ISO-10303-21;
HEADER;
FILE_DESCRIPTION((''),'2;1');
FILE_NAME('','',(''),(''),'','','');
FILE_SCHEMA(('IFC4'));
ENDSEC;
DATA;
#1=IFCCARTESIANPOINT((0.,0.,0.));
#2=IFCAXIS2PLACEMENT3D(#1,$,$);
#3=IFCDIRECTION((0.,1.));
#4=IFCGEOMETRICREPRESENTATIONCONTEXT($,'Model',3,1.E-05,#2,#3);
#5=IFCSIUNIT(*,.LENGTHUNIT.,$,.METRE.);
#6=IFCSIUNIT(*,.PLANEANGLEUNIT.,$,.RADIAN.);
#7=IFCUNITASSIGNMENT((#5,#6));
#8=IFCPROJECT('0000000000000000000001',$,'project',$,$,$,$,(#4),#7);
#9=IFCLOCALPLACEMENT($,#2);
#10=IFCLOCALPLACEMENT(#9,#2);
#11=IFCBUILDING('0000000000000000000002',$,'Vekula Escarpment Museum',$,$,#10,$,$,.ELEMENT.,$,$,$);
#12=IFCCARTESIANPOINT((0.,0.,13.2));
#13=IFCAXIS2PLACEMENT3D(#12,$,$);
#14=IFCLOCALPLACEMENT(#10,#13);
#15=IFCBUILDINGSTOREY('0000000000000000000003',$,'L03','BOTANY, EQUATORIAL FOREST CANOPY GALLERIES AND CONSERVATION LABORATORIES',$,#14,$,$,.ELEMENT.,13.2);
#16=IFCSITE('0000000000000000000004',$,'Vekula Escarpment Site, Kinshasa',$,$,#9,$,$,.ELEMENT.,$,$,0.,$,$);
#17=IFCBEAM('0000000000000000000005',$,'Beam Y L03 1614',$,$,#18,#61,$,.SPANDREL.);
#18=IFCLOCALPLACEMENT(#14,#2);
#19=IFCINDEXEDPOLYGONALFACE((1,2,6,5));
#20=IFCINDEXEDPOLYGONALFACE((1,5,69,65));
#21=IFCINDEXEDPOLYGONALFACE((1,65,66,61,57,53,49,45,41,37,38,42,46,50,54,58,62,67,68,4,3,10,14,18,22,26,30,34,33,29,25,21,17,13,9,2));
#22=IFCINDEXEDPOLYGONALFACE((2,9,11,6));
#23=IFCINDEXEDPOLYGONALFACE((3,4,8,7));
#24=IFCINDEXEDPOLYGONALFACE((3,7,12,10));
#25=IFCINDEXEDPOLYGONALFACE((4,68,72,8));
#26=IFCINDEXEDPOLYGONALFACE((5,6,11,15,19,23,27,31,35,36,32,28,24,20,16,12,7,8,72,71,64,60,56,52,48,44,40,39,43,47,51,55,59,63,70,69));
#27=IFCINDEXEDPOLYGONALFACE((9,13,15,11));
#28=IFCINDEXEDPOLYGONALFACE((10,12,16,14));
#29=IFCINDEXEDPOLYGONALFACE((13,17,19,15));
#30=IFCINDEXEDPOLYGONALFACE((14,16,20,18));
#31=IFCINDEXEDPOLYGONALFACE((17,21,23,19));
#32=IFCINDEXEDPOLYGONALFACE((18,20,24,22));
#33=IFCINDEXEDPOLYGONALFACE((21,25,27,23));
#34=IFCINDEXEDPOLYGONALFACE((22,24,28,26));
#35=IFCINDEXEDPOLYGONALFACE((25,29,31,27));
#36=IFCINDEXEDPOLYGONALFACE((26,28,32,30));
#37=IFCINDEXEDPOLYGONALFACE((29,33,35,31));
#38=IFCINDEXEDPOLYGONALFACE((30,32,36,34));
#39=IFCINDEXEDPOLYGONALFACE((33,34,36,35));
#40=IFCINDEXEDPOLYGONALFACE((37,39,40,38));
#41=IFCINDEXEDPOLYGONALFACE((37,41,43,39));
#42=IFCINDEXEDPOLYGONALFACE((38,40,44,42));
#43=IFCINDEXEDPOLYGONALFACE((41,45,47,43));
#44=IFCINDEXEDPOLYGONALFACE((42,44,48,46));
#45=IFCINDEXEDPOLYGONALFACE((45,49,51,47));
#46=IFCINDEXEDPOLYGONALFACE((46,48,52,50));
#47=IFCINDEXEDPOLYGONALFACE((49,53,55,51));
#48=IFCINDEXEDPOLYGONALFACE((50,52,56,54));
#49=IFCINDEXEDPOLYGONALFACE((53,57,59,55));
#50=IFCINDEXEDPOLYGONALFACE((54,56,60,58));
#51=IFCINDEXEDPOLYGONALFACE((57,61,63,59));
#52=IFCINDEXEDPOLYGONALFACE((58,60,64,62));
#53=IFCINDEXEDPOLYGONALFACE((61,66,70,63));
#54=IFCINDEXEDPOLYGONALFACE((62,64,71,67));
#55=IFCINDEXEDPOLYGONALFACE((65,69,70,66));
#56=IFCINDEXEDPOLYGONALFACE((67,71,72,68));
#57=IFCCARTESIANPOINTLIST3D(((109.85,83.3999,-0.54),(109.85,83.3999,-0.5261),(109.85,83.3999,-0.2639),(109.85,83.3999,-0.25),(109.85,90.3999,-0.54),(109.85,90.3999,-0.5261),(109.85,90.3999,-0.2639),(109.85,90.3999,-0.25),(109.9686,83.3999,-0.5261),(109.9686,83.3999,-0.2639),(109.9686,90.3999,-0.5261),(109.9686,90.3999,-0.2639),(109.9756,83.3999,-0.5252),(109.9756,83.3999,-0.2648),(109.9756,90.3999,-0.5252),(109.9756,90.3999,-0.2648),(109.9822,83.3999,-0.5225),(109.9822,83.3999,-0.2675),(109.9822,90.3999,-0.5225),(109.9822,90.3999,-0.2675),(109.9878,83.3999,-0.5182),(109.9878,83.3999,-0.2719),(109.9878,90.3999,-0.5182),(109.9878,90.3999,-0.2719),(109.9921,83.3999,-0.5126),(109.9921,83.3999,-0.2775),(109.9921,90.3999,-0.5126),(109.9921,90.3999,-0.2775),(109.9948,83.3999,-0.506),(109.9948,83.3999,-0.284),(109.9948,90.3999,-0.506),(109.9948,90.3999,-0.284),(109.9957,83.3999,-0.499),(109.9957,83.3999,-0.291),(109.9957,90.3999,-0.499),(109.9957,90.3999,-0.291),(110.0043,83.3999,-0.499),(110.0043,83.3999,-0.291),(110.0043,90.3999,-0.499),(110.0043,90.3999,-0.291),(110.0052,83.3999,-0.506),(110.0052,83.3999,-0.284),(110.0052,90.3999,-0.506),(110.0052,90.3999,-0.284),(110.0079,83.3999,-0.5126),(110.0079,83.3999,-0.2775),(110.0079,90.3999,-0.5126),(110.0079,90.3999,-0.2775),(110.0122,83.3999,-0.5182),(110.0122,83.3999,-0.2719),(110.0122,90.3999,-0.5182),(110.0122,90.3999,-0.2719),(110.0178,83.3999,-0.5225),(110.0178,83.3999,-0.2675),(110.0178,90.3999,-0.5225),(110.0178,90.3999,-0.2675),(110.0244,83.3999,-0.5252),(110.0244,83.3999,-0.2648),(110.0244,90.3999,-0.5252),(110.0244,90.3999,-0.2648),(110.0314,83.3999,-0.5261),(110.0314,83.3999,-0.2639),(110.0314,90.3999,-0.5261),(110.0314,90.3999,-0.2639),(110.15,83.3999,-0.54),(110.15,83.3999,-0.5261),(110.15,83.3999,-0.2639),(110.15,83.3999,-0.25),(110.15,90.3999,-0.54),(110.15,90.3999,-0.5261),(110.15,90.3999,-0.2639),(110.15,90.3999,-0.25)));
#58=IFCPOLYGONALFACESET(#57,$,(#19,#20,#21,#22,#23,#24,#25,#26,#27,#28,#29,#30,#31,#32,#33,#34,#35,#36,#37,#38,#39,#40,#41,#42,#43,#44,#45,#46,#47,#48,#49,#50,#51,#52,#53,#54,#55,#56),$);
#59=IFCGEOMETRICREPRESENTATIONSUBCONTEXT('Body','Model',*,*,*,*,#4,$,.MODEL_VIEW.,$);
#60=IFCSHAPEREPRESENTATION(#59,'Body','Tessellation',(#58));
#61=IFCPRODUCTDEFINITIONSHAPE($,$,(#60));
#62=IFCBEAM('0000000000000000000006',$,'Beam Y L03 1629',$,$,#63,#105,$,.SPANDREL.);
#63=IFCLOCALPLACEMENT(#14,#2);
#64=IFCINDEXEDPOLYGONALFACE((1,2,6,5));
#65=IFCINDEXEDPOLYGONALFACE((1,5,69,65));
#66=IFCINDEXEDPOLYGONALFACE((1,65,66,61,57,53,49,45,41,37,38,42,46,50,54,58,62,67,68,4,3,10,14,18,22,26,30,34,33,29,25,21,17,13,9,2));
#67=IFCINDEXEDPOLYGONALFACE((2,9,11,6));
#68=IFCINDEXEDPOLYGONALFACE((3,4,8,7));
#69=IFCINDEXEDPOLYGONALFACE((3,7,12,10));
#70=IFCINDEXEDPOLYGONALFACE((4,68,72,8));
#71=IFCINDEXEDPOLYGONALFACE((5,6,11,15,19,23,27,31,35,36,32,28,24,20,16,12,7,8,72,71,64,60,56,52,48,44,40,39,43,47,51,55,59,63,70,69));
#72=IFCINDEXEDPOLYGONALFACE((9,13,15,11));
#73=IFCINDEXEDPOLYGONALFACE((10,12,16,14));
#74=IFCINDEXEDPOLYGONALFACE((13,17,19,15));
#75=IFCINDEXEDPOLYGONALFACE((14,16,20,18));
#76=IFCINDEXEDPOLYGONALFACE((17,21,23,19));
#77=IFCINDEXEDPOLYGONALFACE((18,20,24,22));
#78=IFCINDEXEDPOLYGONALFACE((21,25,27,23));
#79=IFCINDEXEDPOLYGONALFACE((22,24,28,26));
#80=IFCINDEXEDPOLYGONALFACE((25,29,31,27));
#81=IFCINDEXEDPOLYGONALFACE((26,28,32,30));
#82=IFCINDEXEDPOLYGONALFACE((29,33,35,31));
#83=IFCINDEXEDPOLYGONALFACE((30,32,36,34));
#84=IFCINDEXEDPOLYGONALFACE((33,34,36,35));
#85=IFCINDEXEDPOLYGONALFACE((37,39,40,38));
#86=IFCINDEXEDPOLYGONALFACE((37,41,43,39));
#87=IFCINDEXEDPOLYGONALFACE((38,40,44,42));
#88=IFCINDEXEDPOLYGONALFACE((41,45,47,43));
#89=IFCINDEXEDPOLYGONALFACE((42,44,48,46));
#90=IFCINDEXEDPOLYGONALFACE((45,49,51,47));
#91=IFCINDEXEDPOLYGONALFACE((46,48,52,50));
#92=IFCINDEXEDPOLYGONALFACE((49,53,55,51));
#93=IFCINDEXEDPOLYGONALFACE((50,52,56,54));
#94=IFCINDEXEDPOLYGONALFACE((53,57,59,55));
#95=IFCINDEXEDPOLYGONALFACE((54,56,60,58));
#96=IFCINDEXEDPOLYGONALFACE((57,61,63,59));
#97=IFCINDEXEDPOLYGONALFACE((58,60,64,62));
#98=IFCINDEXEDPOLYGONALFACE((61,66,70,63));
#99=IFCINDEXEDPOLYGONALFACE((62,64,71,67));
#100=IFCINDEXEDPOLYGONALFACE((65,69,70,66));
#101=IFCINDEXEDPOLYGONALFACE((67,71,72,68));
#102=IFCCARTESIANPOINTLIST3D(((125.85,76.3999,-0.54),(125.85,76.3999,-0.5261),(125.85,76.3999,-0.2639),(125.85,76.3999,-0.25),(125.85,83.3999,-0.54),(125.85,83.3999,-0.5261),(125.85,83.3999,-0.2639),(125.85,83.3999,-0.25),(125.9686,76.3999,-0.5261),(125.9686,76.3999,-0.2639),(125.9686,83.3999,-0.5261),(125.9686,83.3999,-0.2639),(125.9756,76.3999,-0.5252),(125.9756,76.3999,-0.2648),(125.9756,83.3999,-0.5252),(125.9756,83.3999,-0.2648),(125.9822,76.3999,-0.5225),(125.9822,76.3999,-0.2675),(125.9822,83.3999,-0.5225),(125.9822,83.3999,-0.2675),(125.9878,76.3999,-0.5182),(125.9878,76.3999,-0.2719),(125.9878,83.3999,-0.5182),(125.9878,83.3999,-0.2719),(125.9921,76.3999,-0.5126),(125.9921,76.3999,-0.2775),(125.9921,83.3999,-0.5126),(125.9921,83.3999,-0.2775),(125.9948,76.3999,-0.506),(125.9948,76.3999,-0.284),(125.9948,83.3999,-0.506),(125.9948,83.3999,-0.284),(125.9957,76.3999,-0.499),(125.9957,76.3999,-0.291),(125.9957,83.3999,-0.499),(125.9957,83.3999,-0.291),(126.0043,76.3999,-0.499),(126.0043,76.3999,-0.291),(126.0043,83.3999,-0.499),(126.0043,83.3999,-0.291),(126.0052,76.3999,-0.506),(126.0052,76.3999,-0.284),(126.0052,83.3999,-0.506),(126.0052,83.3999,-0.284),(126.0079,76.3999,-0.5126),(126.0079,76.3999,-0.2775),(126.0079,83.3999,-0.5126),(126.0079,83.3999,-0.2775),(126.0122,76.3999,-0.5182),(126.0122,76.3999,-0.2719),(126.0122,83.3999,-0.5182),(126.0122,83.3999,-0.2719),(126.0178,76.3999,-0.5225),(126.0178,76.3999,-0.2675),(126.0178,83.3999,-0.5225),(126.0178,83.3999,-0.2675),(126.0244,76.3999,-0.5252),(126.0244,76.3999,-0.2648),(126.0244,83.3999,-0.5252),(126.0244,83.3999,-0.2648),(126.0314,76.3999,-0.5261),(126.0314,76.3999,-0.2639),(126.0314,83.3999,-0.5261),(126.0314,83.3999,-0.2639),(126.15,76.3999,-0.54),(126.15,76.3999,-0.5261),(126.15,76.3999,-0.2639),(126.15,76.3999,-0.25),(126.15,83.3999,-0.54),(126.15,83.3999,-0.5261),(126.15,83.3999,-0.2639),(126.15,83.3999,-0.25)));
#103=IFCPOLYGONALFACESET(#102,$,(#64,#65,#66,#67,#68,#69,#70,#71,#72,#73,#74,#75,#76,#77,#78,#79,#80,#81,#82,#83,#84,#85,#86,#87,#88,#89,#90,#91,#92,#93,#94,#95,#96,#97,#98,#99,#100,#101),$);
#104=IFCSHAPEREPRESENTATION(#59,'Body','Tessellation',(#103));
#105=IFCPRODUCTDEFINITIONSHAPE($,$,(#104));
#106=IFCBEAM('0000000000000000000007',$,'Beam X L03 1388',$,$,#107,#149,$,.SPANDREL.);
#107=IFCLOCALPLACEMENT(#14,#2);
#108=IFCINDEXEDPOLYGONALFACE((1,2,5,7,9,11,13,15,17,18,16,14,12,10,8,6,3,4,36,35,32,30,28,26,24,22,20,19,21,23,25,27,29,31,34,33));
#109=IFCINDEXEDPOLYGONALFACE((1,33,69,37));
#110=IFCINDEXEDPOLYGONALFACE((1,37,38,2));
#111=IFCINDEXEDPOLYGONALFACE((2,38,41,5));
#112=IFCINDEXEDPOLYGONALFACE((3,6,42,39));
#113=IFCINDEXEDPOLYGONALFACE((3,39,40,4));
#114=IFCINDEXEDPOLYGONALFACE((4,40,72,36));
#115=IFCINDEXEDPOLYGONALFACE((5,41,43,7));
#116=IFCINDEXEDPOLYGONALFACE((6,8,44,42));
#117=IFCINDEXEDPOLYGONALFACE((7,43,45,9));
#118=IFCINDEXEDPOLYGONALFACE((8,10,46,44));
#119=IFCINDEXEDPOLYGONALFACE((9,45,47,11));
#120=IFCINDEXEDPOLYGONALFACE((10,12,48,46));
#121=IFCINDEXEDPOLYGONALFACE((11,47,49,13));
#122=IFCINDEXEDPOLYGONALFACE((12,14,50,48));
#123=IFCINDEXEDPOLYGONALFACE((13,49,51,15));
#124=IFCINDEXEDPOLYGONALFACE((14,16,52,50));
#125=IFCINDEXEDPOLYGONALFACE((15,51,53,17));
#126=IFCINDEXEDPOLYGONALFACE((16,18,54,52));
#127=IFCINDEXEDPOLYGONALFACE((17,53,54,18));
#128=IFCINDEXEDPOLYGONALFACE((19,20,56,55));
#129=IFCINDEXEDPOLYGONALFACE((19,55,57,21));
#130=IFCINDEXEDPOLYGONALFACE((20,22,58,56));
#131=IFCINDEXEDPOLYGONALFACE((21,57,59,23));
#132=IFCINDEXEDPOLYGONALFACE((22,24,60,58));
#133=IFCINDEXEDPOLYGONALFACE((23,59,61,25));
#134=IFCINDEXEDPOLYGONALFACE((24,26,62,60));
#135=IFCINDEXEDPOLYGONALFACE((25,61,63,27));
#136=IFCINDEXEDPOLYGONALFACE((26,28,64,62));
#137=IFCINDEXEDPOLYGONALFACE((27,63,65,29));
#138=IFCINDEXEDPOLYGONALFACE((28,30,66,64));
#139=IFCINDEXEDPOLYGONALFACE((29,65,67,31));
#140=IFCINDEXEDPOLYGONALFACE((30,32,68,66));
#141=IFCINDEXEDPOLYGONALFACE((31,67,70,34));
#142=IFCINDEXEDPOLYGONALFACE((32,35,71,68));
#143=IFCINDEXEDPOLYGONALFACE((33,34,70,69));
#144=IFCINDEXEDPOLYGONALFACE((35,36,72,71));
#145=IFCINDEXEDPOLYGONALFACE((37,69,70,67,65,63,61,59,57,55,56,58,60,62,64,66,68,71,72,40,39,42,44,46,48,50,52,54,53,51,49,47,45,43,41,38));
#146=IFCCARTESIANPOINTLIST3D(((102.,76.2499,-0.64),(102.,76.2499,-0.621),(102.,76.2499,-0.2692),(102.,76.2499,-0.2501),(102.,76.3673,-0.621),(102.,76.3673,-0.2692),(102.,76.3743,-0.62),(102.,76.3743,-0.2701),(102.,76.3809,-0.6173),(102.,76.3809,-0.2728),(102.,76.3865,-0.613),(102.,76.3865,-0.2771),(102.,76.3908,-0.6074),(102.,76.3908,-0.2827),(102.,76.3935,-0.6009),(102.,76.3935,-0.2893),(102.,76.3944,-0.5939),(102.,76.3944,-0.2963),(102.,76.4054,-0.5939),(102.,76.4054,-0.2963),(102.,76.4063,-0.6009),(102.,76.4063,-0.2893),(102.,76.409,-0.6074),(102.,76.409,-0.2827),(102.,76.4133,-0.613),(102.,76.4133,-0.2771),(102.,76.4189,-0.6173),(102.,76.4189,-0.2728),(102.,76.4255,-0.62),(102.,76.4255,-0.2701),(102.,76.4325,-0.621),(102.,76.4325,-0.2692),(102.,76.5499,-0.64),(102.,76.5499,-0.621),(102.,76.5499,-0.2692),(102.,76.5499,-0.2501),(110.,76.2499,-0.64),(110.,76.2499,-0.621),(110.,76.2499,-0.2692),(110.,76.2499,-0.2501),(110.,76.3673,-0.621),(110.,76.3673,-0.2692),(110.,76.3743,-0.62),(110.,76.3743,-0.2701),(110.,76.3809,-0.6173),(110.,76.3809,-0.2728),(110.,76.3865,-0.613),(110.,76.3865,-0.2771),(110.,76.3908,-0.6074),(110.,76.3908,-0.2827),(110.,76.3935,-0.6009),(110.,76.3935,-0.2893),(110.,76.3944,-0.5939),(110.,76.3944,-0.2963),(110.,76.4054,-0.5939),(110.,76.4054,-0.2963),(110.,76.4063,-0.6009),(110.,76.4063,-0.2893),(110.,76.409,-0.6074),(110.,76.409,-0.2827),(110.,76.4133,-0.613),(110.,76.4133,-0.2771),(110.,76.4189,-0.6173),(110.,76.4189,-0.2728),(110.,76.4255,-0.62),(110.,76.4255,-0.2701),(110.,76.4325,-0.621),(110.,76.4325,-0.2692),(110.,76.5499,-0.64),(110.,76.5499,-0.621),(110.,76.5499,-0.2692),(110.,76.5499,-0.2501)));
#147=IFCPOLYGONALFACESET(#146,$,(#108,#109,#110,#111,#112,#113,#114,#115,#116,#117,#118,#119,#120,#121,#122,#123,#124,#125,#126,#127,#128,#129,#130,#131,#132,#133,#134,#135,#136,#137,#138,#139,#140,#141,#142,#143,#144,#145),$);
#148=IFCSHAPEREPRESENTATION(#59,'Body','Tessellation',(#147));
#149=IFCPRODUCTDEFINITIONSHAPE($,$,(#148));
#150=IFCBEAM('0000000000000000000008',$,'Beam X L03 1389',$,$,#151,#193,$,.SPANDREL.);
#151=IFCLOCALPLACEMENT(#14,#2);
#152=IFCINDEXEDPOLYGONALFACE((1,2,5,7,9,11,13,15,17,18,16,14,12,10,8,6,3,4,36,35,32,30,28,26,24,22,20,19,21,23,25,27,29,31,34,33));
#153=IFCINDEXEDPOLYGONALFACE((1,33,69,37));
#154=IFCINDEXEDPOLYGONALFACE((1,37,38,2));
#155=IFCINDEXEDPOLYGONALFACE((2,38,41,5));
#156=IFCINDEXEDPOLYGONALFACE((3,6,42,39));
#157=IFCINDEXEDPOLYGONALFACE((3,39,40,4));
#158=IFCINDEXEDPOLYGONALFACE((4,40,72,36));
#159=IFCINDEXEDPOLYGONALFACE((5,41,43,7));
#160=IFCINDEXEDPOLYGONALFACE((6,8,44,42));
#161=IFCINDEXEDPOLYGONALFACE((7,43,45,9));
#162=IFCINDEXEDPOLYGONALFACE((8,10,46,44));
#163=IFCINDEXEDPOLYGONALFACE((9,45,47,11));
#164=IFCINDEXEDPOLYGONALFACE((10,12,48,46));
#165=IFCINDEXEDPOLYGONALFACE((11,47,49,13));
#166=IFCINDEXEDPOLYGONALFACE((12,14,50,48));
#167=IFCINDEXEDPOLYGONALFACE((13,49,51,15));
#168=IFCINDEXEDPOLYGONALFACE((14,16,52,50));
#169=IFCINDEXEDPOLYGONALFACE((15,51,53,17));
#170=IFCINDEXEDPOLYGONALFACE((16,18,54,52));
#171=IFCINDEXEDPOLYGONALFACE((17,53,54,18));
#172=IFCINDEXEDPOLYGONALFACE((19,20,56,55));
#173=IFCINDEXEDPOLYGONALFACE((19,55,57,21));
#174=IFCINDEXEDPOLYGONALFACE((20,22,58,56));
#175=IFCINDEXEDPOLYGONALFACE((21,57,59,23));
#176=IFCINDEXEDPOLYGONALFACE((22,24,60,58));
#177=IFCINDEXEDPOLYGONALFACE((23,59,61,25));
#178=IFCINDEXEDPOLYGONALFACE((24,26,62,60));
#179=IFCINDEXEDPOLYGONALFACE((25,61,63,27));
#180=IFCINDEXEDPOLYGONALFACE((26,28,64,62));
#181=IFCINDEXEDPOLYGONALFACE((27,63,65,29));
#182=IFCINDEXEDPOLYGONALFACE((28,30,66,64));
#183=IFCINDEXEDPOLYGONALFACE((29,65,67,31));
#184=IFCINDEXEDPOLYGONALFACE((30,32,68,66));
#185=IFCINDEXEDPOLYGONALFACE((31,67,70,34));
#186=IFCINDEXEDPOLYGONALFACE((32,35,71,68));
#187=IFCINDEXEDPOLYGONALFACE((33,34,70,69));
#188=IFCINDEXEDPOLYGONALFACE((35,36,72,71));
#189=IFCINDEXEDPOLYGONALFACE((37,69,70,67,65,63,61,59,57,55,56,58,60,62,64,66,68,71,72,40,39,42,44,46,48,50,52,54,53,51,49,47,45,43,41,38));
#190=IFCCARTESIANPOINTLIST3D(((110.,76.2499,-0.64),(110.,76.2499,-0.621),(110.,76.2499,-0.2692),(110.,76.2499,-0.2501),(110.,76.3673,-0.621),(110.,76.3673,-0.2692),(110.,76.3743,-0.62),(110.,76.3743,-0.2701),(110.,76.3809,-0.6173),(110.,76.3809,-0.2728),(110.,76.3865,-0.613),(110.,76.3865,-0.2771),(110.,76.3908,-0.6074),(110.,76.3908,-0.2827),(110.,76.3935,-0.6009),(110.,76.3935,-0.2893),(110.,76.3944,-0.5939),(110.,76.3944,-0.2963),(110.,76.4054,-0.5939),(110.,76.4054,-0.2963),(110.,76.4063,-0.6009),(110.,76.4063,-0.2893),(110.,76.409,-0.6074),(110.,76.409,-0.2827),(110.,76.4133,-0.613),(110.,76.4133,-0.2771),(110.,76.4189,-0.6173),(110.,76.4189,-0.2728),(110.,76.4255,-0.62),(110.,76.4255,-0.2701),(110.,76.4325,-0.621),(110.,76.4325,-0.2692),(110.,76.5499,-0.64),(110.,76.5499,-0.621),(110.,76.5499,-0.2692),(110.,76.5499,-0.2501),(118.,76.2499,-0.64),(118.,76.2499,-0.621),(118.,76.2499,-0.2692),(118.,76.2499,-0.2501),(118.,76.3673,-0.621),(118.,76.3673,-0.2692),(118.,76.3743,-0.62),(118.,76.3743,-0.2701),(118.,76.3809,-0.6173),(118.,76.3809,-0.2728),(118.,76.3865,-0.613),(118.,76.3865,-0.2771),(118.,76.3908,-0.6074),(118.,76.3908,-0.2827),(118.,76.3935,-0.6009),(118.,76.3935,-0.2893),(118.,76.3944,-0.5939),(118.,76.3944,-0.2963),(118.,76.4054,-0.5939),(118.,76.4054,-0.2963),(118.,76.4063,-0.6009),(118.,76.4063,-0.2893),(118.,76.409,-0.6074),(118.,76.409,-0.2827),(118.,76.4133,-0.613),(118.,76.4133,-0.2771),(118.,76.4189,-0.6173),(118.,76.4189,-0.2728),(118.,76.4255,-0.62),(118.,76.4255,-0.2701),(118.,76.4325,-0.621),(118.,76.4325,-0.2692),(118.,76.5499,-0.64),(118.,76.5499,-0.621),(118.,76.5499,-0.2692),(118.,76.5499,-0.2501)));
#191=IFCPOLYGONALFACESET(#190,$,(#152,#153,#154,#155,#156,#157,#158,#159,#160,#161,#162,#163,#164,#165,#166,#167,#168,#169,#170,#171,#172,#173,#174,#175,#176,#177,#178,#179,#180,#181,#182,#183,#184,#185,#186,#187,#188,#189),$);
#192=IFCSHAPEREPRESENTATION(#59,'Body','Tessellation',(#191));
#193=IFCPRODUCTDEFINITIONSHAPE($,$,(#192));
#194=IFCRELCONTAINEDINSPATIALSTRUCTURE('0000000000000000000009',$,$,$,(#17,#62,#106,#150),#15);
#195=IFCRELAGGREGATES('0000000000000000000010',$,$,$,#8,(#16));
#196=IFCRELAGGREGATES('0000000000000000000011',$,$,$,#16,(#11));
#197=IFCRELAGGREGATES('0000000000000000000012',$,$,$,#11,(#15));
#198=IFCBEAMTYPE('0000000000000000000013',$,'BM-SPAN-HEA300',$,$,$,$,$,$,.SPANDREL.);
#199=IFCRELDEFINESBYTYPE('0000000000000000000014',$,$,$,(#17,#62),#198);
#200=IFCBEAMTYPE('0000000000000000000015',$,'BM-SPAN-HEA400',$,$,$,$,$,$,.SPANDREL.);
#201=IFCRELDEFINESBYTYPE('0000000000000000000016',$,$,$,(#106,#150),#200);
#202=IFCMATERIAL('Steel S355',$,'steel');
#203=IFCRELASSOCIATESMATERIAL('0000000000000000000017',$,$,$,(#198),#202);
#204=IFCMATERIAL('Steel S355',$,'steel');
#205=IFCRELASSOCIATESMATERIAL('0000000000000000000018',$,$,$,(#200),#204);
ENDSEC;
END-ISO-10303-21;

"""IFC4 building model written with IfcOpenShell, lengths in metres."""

from ifc_helpers import new_model, si_unit, direction, frame, origin, origin_2d, place, context, subcontext, project, spatial, i_section, extrude, material, material_profile, profile_set, type_object, element, save


model = new_model("IFC4")

# Units and contexts
model_context = context("Model", 3, precision=1e-05, world=origin(), true_north=direction((0.0, 1.0)))
body_context = subcontext(model_context, "Body", "Model", "MODEL_VIEW")
ifc_project = project(units=[si_unit("LENGTHUNIT", "METRE"), si_unit("PLANEANGLEUNIT", "RADIAN")], contexts=[model_context])

# Site, building, storey
site_placement = place(None, origin())
site = spatial("IfcSite", under=ifc_project, at=site_placement, Name="Vekula Escarpment Site, Kinshasa", CompositionType="ELEMENT", RefElevation=0.0)
building_placement = place(site_placement, origin())
building = spatial("IfcBuilding", under=site, at=building_placement, Name="Vekula Escarpment Museum", CompositionType="ELEMENT")
storey_placement = place(building_placement, frame((0.0, 0.0, 13.2)))
storey = spatial("IfcBuildingStorey", under=building, at=storey_placement, Name="L03", Description="BOTANY, EQUATORIAL FOREST CANOPY GALLERIES AND CONSERVATION LABORATORIES", CompositionType="ELEMENT", Elevation=13.2)

# Beams
ifc_material_1 = material(Name="Steel S355", Category="steel")
ifc_material_profile_1 = material_profile(ifc_material_1, i_section(OverallWidth=0.3, OverallDepth=0.29, WebThickness=0.0085, FlangeThickness=0.0139, FilletRadius=0.0271, at=origin_2d()), Name="HEA 300")
ifc_profile_set_1 = profile_set([ifc_material_profile_1], Name="Steel S355")
beam_type_1 = type_object("IfcBeamType", Name="BM-SPAN-HEA300", PredefinedType="SPANDREL", material=ifc_profile_set_1)
for number, where, z_axis, x_axis, name in (
    (1, (110.0, 83.3999, -0.395), (0.0, 1.0, 0.0), (-1.0, 0.0, 0.0), "Beam Y L03 1614"),
    (2, (126.0, 76.3999, -0.395), (0.0, 1.0, 0.0), (-1.0, 0.0, 0.0), "Beam Y L03 1629"),
):
    element("IfcBeam", number, at=place(storey_placement, frame(where, z_axis=z_axis, x_axis=x_axis)), inside=storey, type_object=beam_type_1, Name=name, PredefinedType="SPANDREL", context=body_context, shape_type="SweptSolid", body=[
        extrude(i_section(OverallWidth=0.3, OverallDepth=0.29, WebThickness=0.0085, FlangeThickness=0.0139, FilletRadius=0.0271, at=origin_2d()), origin(), (0.0, 0.0, 1.0), 7.0),
    ])
ifc_material_2 = material(Name="Steel S355", Category="steel")
ifc_material_profile_2 = material_profile(ifc_material_2, i_section(OverallWidth=0.3, OverallDepth=0.3899, WebThickness=0.011, FlangeThickness=0.019, FilletRadius=0.0271, at=origin_2d()), Name="HEA 400")
ifc_profile_set_2 = profile_set([ifc_material_profile_2], Name="Steel S355")
beam_type_2 = type_object("IfcBeamType", Name="BM-SPAN-HEA400", PredefinedType="SPANDREL", material=ifc_profile_set_2)
for number, where, z_axis, x_axis, name in (
    (3, (102.0, 76.3999, -0.4451), (1.0, 0.0, 0.0), (0.0, 1.0, 0.0), "Beam X L03 1388"),
    (4, (110.0, 76.3999, -0.4451), (1.0, 0.0, 0.0), (0.0, 1.0, 0.0), "Beam X L03 1389"),
):
    element("IfcBeam", number, at=place(storey_placement, frame(where, z_axis=z_axis, x_axis=x_axis)), inside=storey, type_object=beam_type_2, Name=name, PredefinedType="SPANDREL", context=body_context, shape_type="SweptSolid", body=[
        extrude(i_section(OverallWidth=0.3, OverallDepth=0.3899, WebThickness=0.011, FlangeThickness=0.019, FilletRadius=0.0271, at=origin_2d()), origin(), (0.0, 0.0, 1.0), 8.0),
    ])

save(model, "model.ifc")
